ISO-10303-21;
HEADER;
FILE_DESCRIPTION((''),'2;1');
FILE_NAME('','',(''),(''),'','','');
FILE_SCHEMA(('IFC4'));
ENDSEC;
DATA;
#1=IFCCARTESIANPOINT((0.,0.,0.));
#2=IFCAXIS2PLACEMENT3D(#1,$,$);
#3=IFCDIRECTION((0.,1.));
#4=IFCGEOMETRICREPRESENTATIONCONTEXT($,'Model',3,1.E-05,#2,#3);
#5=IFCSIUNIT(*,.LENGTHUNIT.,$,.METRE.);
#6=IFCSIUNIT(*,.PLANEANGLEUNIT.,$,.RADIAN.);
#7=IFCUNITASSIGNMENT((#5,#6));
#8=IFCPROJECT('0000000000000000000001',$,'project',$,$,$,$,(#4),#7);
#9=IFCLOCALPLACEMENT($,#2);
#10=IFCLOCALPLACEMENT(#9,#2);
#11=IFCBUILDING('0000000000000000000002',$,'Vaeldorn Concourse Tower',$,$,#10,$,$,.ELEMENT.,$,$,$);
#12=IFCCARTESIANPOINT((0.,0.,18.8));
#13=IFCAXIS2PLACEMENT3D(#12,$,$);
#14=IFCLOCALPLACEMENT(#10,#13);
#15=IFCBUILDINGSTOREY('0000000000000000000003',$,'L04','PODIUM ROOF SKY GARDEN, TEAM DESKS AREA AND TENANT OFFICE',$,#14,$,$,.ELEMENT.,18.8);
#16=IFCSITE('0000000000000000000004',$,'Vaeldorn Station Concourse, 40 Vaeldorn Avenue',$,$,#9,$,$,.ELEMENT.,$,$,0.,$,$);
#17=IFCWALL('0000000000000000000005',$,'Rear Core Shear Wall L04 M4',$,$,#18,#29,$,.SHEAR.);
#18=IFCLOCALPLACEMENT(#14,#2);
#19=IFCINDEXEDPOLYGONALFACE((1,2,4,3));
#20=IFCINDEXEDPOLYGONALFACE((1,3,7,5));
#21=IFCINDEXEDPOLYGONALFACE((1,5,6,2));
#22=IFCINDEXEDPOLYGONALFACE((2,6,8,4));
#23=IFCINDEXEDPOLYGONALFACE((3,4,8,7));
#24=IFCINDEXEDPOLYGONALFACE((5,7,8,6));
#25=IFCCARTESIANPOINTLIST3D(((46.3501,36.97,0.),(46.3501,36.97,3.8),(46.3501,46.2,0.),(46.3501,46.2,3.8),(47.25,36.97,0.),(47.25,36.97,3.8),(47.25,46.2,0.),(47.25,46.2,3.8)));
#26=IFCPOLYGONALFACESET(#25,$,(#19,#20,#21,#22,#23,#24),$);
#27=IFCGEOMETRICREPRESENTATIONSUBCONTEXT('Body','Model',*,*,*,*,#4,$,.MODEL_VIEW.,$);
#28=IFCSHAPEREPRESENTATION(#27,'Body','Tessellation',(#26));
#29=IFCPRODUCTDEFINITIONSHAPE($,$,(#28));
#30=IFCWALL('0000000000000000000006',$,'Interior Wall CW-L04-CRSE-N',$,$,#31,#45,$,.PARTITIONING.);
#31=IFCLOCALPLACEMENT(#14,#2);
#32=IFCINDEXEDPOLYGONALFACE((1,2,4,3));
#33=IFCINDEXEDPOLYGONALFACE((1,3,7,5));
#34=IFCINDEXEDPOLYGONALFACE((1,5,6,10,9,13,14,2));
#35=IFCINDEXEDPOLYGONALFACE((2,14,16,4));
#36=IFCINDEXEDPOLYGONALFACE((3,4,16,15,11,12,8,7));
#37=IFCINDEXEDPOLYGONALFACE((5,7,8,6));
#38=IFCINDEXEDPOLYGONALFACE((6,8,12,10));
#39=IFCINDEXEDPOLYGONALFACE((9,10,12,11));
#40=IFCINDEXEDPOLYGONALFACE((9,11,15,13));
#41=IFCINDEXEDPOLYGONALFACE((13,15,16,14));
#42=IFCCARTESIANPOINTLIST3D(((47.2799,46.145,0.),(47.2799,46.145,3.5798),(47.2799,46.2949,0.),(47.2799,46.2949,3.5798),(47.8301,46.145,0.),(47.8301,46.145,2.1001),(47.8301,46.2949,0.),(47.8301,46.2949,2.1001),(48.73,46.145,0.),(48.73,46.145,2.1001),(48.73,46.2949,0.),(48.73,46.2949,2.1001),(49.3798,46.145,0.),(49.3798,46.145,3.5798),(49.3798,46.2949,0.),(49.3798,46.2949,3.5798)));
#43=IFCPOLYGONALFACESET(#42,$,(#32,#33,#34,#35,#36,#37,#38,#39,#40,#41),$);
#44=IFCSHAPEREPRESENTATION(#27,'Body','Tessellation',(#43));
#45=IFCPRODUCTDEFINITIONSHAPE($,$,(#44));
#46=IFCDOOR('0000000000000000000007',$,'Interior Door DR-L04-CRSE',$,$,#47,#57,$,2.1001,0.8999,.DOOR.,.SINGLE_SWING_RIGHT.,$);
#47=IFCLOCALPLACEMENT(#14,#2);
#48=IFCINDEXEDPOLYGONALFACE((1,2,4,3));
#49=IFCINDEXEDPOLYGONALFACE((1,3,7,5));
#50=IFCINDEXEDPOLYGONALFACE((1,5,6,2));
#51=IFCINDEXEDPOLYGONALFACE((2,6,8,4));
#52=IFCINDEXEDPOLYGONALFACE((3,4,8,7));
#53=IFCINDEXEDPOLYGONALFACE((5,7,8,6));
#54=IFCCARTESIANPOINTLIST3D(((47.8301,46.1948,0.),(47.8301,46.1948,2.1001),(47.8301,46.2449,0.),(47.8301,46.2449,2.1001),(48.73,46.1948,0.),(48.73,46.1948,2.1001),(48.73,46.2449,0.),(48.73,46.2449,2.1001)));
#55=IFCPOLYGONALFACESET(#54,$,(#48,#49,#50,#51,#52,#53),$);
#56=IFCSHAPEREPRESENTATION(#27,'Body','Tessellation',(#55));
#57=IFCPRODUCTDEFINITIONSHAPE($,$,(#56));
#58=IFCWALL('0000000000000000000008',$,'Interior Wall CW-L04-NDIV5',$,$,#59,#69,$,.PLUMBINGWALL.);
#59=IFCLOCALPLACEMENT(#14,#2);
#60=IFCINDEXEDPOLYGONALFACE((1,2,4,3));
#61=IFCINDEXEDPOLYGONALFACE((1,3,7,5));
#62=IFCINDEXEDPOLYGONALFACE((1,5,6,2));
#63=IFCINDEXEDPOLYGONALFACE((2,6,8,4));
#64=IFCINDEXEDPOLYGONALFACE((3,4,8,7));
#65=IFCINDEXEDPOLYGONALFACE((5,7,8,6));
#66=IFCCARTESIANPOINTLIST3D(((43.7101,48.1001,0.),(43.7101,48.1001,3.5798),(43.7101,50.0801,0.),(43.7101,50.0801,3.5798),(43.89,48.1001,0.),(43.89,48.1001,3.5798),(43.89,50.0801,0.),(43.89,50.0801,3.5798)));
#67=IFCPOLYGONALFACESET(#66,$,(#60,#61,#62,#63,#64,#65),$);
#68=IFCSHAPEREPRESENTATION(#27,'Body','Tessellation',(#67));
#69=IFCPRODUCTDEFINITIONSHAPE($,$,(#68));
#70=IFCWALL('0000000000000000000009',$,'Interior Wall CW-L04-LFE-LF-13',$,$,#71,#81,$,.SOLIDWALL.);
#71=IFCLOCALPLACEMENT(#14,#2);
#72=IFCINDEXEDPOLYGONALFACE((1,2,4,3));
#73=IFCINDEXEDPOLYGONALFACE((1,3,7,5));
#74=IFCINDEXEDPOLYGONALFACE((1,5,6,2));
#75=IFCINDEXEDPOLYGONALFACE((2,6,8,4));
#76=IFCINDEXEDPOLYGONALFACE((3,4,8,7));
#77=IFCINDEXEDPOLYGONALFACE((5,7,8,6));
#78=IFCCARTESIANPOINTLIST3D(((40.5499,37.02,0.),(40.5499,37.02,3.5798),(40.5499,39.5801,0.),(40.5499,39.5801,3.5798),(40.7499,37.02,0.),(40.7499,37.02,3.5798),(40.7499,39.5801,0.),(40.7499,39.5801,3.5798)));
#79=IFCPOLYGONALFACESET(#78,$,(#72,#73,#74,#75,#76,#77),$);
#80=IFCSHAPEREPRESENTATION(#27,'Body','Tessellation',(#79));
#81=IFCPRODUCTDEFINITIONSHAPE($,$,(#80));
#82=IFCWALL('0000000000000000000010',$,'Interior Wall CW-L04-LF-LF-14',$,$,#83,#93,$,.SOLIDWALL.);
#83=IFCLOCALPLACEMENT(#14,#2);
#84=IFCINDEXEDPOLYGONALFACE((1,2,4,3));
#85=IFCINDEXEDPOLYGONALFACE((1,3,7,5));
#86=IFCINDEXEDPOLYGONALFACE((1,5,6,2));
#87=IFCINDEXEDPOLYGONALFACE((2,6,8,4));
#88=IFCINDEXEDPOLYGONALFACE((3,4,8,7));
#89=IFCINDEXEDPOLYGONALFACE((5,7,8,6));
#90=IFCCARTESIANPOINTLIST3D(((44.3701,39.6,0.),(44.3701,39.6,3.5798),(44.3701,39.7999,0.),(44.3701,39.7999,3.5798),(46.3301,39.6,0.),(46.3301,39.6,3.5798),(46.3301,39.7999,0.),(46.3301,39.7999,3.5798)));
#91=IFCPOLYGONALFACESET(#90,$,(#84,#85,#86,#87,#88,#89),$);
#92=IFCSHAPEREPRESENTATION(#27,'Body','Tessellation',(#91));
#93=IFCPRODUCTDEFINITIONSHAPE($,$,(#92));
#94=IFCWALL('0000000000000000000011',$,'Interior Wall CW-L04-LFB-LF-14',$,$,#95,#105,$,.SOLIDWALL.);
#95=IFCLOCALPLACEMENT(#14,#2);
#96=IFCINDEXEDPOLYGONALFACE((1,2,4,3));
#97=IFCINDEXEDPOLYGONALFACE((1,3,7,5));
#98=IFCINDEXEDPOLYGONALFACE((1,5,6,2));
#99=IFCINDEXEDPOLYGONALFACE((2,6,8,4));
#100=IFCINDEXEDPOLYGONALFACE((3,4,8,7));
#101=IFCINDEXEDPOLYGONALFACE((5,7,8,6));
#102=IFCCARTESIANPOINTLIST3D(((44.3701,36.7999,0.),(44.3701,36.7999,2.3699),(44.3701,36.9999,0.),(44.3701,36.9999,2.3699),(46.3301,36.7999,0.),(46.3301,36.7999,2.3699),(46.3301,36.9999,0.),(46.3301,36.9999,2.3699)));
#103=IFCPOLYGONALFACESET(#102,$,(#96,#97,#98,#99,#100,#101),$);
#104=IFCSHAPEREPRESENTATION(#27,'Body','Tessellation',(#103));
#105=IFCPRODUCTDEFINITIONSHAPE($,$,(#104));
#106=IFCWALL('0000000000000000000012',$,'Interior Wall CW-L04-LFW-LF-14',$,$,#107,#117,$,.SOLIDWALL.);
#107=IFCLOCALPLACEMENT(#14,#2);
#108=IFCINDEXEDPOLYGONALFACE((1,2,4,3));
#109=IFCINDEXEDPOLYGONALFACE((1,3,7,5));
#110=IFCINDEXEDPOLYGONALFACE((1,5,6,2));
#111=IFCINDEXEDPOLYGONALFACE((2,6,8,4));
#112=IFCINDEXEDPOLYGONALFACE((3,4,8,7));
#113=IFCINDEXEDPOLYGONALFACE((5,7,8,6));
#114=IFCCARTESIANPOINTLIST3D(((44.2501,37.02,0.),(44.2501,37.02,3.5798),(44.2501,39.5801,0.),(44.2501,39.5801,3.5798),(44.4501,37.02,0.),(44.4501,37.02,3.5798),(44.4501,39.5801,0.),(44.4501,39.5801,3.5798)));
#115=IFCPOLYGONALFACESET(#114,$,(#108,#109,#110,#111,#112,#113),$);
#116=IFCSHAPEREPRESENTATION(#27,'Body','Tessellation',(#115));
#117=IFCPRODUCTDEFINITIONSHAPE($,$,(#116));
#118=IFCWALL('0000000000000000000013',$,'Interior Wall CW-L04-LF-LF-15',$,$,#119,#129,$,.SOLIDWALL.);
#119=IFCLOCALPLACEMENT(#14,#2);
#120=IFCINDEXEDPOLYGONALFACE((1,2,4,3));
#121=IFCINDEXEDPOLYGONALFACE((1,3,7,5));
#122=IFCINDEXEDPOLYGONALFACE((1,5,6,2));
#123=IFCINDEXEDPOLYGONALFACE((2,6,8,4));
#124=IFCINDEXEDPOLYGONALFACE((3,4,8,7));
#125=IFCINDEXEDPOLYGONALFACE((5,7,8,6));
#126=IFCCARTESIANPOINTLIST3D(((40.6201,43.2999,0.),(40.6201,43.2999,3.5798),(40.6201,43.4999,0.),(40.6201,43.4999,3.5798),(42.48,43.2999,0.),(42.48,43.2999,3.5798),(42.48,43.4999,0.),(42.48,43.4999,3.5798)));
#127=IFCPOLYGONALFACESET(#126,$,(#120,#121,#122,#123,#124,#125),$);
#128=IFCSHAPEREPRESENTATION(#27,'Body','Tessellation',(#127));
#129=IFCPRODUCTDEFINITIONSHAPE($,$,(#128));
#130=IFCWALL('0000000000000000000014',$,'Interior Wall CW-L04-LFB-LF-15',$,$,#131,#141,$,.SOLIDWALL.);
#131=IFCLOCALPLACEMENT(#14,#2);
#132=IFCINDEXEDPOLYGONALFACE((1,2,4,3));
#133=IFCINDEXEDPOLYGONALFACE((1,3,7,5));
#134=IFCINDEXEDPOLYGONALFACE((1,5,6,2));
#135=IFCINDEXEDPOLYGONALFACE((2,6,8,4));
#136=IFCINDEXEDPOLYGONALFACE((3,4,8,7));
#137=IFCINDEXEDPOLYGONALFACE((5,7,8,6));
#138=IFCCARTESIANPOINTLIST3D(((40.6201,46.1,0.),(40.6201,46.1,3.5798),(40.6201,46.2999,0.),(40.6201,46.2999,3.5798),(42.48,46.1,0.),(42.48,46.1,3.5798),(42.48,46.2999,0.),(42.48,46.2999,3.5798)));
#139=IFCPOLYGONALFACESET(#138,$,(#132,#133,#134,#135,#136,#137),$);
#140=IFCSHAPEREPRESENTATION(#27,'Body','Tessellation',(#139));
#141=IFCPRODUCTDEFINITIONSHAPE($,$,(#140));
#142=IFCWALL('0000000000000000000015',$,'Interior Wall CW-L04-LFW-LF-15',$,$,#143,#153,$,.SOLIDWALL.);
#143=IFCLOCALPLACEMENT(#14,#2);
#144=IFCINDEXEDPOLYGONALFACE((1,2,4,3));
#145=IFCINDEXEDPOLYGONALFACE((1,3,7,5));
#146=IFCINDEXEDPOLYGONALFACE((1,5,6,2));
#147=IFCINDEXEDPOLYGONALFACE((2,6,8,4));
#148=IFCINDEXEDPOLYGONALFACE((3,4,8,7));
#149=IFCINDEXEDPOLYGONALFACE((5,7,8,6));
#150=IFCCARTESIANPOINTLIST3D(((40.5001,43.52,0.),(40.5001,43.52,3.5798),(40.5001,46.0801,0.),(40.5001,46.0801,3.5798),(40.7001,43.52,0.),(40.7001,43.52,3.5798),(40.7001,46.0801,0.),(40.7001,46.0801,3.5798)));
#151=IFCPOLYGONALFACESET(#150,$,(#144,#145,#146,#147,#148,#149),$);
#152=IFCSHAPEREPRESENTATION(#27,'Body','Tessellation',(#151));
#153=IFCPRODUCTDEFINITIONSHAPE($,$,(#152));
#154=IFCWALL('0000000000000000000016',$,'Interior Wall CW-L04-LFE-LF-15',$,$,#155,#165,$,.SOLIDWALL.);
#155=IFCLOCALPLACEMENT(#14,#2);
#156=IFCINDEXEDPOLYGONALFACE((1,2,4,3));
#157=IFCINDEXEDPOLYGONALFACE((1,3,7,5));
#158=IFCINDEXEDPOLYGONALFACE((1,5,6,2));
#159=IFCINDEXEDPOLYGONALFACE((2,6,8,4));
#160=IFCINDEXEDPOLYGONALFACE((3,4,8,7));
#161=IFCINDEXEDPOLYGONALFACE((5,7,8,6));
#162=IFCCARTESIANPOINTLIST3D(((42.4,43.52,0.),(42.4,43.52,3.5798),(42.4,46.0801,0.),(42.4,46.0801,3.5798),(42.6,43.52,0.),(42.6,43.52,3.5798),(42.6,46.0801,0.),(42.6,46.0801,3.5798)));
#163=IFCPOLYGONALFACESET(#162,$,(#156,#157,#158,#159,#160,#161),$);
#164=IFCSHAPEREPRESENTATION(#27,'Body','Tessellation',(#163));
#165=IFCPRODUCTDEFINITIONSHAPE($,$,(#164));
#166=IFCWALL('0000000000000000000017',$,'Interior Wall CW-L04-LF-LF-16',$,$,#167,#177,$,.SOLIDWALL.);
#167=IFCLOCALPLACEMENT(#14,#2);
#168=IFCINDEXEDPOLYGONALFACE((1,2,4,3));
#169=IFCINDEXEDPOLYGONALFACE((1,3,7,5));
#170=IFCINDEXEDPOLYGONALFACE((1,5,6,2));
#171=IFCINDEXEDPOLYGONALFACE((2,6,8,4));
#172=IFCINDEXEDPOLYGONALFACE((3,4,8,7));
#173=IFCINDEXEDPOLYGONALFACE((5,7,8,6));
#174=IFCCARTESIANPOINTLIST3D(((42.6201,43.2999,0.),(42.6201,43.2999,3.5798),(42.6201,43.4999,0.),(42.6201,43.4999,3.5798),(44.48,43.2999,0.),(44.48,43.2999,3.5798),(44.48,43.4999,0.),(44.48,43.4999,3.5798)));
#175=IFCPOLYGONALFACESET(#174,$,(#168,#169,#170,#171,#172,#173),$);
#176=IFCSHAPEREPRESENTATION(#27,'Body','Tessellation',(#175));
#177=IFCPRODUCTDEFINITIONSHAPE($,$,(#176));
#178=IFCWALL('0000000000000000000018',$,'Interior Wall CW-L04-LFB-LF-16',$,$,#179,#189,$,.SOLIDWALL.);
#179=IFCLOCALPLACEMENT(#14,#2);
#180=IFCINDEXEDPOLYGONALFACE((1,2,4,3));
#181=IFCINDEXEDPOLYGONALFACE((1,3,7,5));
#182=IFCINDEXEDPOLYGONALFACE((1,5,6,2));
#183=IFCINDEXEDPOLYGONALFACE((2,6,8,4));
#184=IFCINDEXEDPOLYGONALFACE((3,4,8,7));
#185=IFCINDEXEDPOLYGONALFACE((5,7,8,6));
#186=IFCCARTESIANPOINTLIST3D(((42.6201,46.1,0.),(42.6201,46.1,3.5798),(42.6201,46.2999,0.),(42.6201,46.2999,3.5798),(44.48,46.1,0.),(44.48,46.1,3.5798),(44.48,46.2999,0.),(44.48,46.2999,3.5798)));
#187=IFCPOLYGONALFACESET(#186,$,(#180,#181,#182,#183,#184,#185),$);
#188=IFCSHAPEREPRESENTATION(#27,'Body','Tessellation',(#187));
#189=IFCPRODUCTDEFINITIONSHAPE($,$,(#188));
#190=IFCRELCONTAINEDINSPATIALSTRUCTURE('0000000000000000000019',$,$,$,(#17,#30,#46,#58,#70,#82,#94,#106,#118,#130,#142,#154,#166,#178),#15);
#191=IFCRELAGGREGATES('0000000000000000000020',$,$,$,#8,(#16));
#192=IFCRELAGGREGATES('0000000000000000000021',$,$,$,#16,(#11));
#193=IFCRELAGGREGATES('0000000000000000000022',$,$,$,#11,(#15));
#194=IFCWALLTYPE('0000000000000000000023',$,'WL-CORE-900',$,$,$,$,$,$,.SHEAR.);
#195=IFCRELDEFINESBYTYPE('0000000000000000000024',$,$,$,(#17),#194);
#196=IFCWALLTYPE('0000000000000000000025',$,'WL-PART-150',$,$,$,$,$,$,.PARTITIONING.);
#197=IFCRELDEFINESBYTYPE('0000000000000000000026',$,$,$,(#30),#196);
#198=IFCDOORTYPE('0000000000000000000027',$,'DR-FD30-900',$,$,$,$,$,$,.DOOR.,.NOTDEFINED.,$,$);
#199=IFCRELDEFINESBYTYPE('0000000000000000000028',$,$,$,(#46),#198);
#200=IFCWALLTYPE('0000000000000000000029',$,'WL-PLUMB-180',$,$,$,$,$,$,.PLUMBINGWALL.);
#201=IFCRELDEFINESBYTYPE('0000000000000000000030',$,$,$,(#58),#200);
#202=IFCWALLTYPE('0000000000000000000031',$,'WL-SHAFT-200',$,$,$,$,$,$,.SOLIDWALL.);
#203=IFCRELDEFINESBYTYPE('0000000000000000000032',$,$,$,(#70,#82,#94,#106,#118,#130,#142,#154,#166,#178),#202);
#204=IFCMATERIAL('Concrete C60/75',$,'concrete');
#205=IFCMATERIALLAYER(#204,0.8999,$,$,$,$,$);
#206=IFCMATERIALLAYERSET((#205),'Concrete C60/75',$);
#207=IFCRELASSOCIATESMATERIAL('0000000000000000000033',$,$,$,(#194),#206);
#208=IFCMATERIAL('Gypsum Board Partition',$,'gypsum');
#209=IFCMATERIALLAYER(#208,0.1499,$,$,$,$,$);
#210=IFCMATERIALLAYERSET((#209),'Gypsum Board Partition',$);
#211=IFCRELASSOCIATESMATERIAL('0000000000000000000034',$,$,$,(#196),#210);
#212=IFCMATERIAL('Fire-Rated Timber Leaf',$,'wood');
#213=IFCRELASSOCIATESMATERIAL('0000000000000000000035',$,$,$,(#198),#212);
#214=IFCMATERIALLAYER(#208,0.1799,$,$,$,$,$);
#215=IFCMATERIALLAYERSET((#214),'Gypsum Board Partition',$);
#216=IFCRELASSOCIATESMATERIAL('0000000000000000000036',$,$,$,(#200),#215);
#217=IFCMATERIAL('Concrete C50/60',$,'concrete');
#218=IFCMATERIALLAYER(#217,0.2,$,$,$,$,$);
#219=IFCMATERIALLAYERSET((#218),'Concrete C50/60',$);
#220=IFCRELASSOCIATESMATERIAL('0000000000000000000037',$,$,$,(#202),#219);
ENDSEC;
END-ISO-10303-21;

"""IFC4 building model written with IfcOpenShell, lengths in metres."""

from ifc_helpers import new_model, si_unit, direction, frame, frame_2d, origin, place, context, subcontext, project, spatial, rectangle, extrude, source, transform, mapped, material, layer, layer_set, type_object, element, fill, save


model = new_model("IFC4")

# Units and contexts
model_context = context("Model", 3, precision=1e-05, world=origin(), true_north=direction((0.0, 1.0)))
body_context = subcontext(model_context, "Body", "Model", "MODEL_VIEW")
ifc_project = project(units=[si_unit("LENGTHUNIT", "METRE"), si_unit("PLANEANGLEUNIT", "RADIAN")], contexts=[model_context])

# Site, building, storey
site_placement = place(None, origin())
site = spatial("IfcSite", under=ifc_project, at=site_placement, Name="Vaeldorn Station Concourse, 40 Vaeldorn Avenue", CompositionType="ELEMENT", RefElevation=0.0)
building_placement = place(site_placement, origin())
building = spatial("IfcBuilding", under=site, at=building_placement, Name="Vaeldorn Concourse Tower", CompositionType="ELEMENT")
storey_placement = place(building_placement, frame((0.0, 0.0, 18.8)))
storey = spatial("IfcBuildingStorey", under=building, at=storey_placement, Name="L04", Description="PODIUM ROOF SKY GARDEN, TEAM DESKS AREA AND TENANT OFFICE", CompositionType="ELEMENT", Elevation=18.8)

# Shared definitions
ifc_material_1 = material(Name="Concrete C60/75", Category="concrete")

# Wall
ifc_layer_1 = layer(ifc_material_1, 0.8999)
ifc_layer_set_1 = layer_set([ifc_layer_1], Name="Concrete C60/75")
wall_type_1 = type_object("IfcWallType", Name="WL-CORE-900", PredefinedType="SHEAR", material=ifc_layer_set_1)
wall_1_placement = place(storey_placement, frame((46.8, 36.97, 0.0), z_axis=(0.0, 0.0, 1.0), x_axis=(0.0, 1.0, 0.0)))
element("IfcWall", 1, at=wall_1_placement, inside=storey, type_object=wall_type_1, Name="Rear Core Shear Wall L04 M4", PredefinedType="SHEAR", context=body_context, shape_type="SweptSolid", body=[
    extrude(rectangle(XDim=9.23, YDim=0.8999, at=frame_2d((4.615, 0.0))), origin(), (0.0, 0.0, 1.0), 3.8),
])

# Wall, opening, door
ifc_material_2 = material(Name="Gypsum Board Partition", Category="gypsum")
ifc_layer_2 = layer(ifc_material_2, 0.1499)
ifc_layer_set_2 = layer_set([ifc_layer_2], Name="Gypsum Board Partition")
wall_type_2 = type_object("IfcWallType", Name="WL-PART-150", PredefinedType="PARTITIONING", material=ifc_layer_set_2)
wall_2_placement = place(storey_placement, frame((47.28, 46.22, 0.0), z_axis=(0.0, 0.0, 1.0), x_axis=(1.0, 0.0, 0.0)))
wall_2 = element("IfcWall", 2, at=wall_2_placement, inside=storey, type_object=wall_type_2, Name="Interior Wall CW-L04-CRSE-N", PredefinedType="PARTITIONING", context=body_context, shape_type="SweptSolid", body=[
    extrude(rectangle(XDim=2.0999, YDim=0.1499, at=frame_2d((1.0498, 0.0))), origin(), (0.0, 0.0, 1.0), 3.5798),
])
opening_1_placement = place(wall_2_placement, frame((0.55, 0.0, 0.0)))
opening_1 = element("IfcOpeningElement", 3, at=opening_1_placement, cuts=wall_2, PredefinedType="OPENING", context=body_context, shape_type="SweptSolid", body=[
    extrude(rectangle(XDim=0.8999, YDim=2.1001, at=frame_2d((0.45, 1.05))), frame((0.0, 0.085, 0.0), z_axis=(0.0, -1.0, 0.0), x_axis=(1.0, 0.0, 0.0)), (0.0, 0.0, 1.0), 0.1699),
])
ifc_material_3 = material(Name="Fire-Rated Timber Leaf", Category="wood")
door_type_1 = type_object("IfcDoorType", Name="DR-FD30-900", OperationType="NOTDEFINED", PredefinedType="DOOR", material=ifc_material_3)
shared_shape_1 = source(origin(), body_context, "Body", "SweptSolid", [
    extrude(rectangle(XDim=0.8999, YDim=2.1001, at=frame_2d((0.45, 1.05))), frame((0.0, 0.0249, 0.0), z_axis=(0.0, -1.0, 0.0), x_axis=(1.0, 0.0, 0.0)), (0.0, 0.0, 1.0), 0.05),
])
door_1_placement = place(opening_1_placement, origin())
door_1 = element("IfcDoor", 4, at=door_1_placement, inside=storey, type_object=door_type_1, Name="Interior Door DR-L04-CRSE", OperationType="SINGLE_SWING_RIGHT", OverallHeight=2.1001, OverallWidth=0.8999, PredefinedType="DOOR", context=body_context, shape_type="MappedRepresentation", body=[
    mapped(shared_shape_1, transform((0.0, 0.0, 0.0), scale=1.0)),
])
fill(opening_1, door_1)

# Wall
ifc_layer_3 = layer(ifc_material_2, 0.1799)
ifc_layer_set_3 = layer_set([ifc_layer_3], Name="Gypsum Board Partition")
wall_type_3 = type_object("IfcWallType", Name="WL-PLUMB-180", PredefinedType="PLUMBINGWALL", material=ifc_layer_set_3)
wall_3_placement = place(storey_placement, frame((43.8, 48.1001, 0.0), z_axis=(0.0, 0.0, 1.0), x_axis=(0.0, 1.0, 0.0)))
element("IfcWall", 5, at=wall_3_placement, inside=storey, type_object=wall_type_3, Name="Interior Wall CW-L04-NDIV5", PredefinedType="PLUMBINGWALL", context=body_context, shape_type="SweptSolid", body=[
    extrude(rectangle(XDim=1.98, YDim=0.1799, at=frame_2d((0.99, 0.0))), origin(), (0.0, 0.0, 1.0), 3.5798),
])

# Shared definitions
ifc_material_4 = material(Name="Concrete C50/60", Category="concrete")
ifc_layer_4 = layer(ifc_material_4, 0.2)
ifc_layer_set_4 = layer_set([ifc_layer_4], Name="Concrete C50/60")
wall_type_4 = type_object("IfcWallType", Name="WL-SHAFT-200", PredefinedType="SOLIDWALL", material=ifc_layer_set_4)

# Walls
wall_4_placement = place(storey_placement, frame((40.6499, 37.02, 0.0), z_axis=(0.0, 0.0, 1.0), x_axis=(0.0, 1.0, 0.0)))
element("IfcWall", 6, at=wall_4_placement, inside=storey, type_object=wall_type_4, Name="Interior Wall CW-L04-LFE-LF-13", PredefinedType="SOLIDWALL", context=body_context, shape_type="SweptSolid", body=[
    extrude(rectangle(XDim=2.5601, YDim=0.2, at=frame_2d((1.28, 0.0))), origin(), (0.0, 0.0, 1.0), 3.5798),
])
wall_5_placement = place(storey_placement, frame((44.3701, 39.7, 0.0), z_axis=(0.0, 0.0, 1.0), x_axis=(1.0, 0.0, 0.0)))
element("IfcWall", 7, at=wall_5_placement, inside=storey, type_object=wall_type_4, Name="Interior Wall CW-L04-LF-LF-14", PredefinedType="SOLIDWALL", context=body_context, shape_type="SweptSolid", body=[
    extrude(rectangle(XDim=1.96, YDim=0.2, at=frame_2d((0.98, 0.0))), origin(), (0.0, 0.0, 1.0), 3.5798),
])
wall_6_placement = place(storey_placement, frame((44.3701, 36.8999, 0.0), z_axis=(0.0, 0.0, 1.0), x_axis=(1.0, 0.0, 0.0)))
element("IfcWall", 8, at=wall_6_placement, inside=storey, type_object=wall_type_4, Name="Interior Wall CW-L04-LFB-LF-14", PredefinedType="SOLIDWALL", context=body_context, shape_type="SweptSolid", body=[
    extrude(rectangle(XDim=1.96, YDim=0.2, at=frame_2d((0.98, 0.0))), origin(), (0.0, 0.0, 1.0), 2.3699),
])
wall_7_placement = place(storey_placement, frame((44.3501, 37.02, 0.0), z_axis=(0.0, 0.0, 1.0), x_axis=(0.0, 1.0, 0.0)))
element("IfcWall", 9, at=wall_7_placement, inside=storey, type_object=wall_type_4, Name="Interior Wall CW-L04-LFW-LF-14", PredefinedType="SOLIDWALL", context=body_context, shape_type="SweptSolid", body=[
    extrude(rectangle(XDim=2.5601, YDim=0.2, at=frame_2d((1.28, 0.0))), origin(), (0.0, 0.0, 1.0), 3.5798),
])
for number, where, z_axis, x_axis, name in (
    (10, (40.6201, 43.3999, 0.0), (0.0, 0.0, 1.0), (1.0, 0.0, 0.0), "Interior Wall CW-L04-LF-LF-15"),
    (11, (40.6201, 46.2, 0.0), (0.0, 0.0, 1.0), (1.0, 0.0, 0.0), "Interior Wall CW-L04-LFB-LF-15"),
):
    element("IfcWall", number, at=place(storey_placement, frame(where, z_axis=z_axis, x_axis=x_axis)), inside=storey, type_object=wall_type_4, Name=name, PredefinedType="SOLIDWALL", context=body_context, shape_type="SweptSolid", body=[
        extrude(rectangle(XDim=1.8599, YDim=0.2, at=frame_2d((0.9299, 0.0))), origin(), (0.0, 0.0, 1.0), 3.5798),
    ])
for number, where, z_axis, x_axis, name in (
    (12, (40.6001, 43.52, 0.0), (0.0, 0.0, 1.0), (0.0, 1.0, 0.0), "Interior Wall CW-L04-LFW-LF-15"),
    (13, (42.5, 43.52, 0.0), (0.0, 0.0, 1.0), (0.0, 1.0, 0.0), "Interior Wall CW-L04-LFE-LF-15"),
):
    element("IfcWall", number, at=place(storey_placement, frame(where, z_axis=z_axis, x_axis=x_axis)), inside=storey, type_object=wall_type_4, Name=name, PredefinedType="SOLIDWALL", context=body_context, shape_type="SweptSolid", body=[
        extrude(rectangle(XDim=2.5601, YDim=0.2, at=frame_2d((1.28, 0.0))), origin(), (0.0, 0.0, 1.0), 3.5798),
    ])
for number, where, z_axis, x_axis, name in (
    (14, (42.6201, 43.3999, 0.0), (0.0, 0.0, 1.0), (1.0, 0.0, 0.0), "Interior Wall CW-L04-LF-LF-16"),
    (15, (42.6201, 46.2, 0.0), (0.0, 0.0, 1.0), (1.0, 0.0, 0.0), "Interior Wall CW-L04-LFB-LF-16"),
):
    element("IfcWall", number, at=place(storey_placement, frame(where, z_axis=z_axis, x_axis=x_axis)), inside=storey, type_object=wall_type_4, Name=name, PredefinedType="SOLIDWALL", context=body_context, shape_type="SweptSolid", body=[
        extrude(rectangle(XDim=1.8599, YDim=0.2, at=frame_2d((0.9299, 0.0))), origin(), (0.0, 0.0, 1.0), 3.5798),
    ])

save(model, "model.ifc")
